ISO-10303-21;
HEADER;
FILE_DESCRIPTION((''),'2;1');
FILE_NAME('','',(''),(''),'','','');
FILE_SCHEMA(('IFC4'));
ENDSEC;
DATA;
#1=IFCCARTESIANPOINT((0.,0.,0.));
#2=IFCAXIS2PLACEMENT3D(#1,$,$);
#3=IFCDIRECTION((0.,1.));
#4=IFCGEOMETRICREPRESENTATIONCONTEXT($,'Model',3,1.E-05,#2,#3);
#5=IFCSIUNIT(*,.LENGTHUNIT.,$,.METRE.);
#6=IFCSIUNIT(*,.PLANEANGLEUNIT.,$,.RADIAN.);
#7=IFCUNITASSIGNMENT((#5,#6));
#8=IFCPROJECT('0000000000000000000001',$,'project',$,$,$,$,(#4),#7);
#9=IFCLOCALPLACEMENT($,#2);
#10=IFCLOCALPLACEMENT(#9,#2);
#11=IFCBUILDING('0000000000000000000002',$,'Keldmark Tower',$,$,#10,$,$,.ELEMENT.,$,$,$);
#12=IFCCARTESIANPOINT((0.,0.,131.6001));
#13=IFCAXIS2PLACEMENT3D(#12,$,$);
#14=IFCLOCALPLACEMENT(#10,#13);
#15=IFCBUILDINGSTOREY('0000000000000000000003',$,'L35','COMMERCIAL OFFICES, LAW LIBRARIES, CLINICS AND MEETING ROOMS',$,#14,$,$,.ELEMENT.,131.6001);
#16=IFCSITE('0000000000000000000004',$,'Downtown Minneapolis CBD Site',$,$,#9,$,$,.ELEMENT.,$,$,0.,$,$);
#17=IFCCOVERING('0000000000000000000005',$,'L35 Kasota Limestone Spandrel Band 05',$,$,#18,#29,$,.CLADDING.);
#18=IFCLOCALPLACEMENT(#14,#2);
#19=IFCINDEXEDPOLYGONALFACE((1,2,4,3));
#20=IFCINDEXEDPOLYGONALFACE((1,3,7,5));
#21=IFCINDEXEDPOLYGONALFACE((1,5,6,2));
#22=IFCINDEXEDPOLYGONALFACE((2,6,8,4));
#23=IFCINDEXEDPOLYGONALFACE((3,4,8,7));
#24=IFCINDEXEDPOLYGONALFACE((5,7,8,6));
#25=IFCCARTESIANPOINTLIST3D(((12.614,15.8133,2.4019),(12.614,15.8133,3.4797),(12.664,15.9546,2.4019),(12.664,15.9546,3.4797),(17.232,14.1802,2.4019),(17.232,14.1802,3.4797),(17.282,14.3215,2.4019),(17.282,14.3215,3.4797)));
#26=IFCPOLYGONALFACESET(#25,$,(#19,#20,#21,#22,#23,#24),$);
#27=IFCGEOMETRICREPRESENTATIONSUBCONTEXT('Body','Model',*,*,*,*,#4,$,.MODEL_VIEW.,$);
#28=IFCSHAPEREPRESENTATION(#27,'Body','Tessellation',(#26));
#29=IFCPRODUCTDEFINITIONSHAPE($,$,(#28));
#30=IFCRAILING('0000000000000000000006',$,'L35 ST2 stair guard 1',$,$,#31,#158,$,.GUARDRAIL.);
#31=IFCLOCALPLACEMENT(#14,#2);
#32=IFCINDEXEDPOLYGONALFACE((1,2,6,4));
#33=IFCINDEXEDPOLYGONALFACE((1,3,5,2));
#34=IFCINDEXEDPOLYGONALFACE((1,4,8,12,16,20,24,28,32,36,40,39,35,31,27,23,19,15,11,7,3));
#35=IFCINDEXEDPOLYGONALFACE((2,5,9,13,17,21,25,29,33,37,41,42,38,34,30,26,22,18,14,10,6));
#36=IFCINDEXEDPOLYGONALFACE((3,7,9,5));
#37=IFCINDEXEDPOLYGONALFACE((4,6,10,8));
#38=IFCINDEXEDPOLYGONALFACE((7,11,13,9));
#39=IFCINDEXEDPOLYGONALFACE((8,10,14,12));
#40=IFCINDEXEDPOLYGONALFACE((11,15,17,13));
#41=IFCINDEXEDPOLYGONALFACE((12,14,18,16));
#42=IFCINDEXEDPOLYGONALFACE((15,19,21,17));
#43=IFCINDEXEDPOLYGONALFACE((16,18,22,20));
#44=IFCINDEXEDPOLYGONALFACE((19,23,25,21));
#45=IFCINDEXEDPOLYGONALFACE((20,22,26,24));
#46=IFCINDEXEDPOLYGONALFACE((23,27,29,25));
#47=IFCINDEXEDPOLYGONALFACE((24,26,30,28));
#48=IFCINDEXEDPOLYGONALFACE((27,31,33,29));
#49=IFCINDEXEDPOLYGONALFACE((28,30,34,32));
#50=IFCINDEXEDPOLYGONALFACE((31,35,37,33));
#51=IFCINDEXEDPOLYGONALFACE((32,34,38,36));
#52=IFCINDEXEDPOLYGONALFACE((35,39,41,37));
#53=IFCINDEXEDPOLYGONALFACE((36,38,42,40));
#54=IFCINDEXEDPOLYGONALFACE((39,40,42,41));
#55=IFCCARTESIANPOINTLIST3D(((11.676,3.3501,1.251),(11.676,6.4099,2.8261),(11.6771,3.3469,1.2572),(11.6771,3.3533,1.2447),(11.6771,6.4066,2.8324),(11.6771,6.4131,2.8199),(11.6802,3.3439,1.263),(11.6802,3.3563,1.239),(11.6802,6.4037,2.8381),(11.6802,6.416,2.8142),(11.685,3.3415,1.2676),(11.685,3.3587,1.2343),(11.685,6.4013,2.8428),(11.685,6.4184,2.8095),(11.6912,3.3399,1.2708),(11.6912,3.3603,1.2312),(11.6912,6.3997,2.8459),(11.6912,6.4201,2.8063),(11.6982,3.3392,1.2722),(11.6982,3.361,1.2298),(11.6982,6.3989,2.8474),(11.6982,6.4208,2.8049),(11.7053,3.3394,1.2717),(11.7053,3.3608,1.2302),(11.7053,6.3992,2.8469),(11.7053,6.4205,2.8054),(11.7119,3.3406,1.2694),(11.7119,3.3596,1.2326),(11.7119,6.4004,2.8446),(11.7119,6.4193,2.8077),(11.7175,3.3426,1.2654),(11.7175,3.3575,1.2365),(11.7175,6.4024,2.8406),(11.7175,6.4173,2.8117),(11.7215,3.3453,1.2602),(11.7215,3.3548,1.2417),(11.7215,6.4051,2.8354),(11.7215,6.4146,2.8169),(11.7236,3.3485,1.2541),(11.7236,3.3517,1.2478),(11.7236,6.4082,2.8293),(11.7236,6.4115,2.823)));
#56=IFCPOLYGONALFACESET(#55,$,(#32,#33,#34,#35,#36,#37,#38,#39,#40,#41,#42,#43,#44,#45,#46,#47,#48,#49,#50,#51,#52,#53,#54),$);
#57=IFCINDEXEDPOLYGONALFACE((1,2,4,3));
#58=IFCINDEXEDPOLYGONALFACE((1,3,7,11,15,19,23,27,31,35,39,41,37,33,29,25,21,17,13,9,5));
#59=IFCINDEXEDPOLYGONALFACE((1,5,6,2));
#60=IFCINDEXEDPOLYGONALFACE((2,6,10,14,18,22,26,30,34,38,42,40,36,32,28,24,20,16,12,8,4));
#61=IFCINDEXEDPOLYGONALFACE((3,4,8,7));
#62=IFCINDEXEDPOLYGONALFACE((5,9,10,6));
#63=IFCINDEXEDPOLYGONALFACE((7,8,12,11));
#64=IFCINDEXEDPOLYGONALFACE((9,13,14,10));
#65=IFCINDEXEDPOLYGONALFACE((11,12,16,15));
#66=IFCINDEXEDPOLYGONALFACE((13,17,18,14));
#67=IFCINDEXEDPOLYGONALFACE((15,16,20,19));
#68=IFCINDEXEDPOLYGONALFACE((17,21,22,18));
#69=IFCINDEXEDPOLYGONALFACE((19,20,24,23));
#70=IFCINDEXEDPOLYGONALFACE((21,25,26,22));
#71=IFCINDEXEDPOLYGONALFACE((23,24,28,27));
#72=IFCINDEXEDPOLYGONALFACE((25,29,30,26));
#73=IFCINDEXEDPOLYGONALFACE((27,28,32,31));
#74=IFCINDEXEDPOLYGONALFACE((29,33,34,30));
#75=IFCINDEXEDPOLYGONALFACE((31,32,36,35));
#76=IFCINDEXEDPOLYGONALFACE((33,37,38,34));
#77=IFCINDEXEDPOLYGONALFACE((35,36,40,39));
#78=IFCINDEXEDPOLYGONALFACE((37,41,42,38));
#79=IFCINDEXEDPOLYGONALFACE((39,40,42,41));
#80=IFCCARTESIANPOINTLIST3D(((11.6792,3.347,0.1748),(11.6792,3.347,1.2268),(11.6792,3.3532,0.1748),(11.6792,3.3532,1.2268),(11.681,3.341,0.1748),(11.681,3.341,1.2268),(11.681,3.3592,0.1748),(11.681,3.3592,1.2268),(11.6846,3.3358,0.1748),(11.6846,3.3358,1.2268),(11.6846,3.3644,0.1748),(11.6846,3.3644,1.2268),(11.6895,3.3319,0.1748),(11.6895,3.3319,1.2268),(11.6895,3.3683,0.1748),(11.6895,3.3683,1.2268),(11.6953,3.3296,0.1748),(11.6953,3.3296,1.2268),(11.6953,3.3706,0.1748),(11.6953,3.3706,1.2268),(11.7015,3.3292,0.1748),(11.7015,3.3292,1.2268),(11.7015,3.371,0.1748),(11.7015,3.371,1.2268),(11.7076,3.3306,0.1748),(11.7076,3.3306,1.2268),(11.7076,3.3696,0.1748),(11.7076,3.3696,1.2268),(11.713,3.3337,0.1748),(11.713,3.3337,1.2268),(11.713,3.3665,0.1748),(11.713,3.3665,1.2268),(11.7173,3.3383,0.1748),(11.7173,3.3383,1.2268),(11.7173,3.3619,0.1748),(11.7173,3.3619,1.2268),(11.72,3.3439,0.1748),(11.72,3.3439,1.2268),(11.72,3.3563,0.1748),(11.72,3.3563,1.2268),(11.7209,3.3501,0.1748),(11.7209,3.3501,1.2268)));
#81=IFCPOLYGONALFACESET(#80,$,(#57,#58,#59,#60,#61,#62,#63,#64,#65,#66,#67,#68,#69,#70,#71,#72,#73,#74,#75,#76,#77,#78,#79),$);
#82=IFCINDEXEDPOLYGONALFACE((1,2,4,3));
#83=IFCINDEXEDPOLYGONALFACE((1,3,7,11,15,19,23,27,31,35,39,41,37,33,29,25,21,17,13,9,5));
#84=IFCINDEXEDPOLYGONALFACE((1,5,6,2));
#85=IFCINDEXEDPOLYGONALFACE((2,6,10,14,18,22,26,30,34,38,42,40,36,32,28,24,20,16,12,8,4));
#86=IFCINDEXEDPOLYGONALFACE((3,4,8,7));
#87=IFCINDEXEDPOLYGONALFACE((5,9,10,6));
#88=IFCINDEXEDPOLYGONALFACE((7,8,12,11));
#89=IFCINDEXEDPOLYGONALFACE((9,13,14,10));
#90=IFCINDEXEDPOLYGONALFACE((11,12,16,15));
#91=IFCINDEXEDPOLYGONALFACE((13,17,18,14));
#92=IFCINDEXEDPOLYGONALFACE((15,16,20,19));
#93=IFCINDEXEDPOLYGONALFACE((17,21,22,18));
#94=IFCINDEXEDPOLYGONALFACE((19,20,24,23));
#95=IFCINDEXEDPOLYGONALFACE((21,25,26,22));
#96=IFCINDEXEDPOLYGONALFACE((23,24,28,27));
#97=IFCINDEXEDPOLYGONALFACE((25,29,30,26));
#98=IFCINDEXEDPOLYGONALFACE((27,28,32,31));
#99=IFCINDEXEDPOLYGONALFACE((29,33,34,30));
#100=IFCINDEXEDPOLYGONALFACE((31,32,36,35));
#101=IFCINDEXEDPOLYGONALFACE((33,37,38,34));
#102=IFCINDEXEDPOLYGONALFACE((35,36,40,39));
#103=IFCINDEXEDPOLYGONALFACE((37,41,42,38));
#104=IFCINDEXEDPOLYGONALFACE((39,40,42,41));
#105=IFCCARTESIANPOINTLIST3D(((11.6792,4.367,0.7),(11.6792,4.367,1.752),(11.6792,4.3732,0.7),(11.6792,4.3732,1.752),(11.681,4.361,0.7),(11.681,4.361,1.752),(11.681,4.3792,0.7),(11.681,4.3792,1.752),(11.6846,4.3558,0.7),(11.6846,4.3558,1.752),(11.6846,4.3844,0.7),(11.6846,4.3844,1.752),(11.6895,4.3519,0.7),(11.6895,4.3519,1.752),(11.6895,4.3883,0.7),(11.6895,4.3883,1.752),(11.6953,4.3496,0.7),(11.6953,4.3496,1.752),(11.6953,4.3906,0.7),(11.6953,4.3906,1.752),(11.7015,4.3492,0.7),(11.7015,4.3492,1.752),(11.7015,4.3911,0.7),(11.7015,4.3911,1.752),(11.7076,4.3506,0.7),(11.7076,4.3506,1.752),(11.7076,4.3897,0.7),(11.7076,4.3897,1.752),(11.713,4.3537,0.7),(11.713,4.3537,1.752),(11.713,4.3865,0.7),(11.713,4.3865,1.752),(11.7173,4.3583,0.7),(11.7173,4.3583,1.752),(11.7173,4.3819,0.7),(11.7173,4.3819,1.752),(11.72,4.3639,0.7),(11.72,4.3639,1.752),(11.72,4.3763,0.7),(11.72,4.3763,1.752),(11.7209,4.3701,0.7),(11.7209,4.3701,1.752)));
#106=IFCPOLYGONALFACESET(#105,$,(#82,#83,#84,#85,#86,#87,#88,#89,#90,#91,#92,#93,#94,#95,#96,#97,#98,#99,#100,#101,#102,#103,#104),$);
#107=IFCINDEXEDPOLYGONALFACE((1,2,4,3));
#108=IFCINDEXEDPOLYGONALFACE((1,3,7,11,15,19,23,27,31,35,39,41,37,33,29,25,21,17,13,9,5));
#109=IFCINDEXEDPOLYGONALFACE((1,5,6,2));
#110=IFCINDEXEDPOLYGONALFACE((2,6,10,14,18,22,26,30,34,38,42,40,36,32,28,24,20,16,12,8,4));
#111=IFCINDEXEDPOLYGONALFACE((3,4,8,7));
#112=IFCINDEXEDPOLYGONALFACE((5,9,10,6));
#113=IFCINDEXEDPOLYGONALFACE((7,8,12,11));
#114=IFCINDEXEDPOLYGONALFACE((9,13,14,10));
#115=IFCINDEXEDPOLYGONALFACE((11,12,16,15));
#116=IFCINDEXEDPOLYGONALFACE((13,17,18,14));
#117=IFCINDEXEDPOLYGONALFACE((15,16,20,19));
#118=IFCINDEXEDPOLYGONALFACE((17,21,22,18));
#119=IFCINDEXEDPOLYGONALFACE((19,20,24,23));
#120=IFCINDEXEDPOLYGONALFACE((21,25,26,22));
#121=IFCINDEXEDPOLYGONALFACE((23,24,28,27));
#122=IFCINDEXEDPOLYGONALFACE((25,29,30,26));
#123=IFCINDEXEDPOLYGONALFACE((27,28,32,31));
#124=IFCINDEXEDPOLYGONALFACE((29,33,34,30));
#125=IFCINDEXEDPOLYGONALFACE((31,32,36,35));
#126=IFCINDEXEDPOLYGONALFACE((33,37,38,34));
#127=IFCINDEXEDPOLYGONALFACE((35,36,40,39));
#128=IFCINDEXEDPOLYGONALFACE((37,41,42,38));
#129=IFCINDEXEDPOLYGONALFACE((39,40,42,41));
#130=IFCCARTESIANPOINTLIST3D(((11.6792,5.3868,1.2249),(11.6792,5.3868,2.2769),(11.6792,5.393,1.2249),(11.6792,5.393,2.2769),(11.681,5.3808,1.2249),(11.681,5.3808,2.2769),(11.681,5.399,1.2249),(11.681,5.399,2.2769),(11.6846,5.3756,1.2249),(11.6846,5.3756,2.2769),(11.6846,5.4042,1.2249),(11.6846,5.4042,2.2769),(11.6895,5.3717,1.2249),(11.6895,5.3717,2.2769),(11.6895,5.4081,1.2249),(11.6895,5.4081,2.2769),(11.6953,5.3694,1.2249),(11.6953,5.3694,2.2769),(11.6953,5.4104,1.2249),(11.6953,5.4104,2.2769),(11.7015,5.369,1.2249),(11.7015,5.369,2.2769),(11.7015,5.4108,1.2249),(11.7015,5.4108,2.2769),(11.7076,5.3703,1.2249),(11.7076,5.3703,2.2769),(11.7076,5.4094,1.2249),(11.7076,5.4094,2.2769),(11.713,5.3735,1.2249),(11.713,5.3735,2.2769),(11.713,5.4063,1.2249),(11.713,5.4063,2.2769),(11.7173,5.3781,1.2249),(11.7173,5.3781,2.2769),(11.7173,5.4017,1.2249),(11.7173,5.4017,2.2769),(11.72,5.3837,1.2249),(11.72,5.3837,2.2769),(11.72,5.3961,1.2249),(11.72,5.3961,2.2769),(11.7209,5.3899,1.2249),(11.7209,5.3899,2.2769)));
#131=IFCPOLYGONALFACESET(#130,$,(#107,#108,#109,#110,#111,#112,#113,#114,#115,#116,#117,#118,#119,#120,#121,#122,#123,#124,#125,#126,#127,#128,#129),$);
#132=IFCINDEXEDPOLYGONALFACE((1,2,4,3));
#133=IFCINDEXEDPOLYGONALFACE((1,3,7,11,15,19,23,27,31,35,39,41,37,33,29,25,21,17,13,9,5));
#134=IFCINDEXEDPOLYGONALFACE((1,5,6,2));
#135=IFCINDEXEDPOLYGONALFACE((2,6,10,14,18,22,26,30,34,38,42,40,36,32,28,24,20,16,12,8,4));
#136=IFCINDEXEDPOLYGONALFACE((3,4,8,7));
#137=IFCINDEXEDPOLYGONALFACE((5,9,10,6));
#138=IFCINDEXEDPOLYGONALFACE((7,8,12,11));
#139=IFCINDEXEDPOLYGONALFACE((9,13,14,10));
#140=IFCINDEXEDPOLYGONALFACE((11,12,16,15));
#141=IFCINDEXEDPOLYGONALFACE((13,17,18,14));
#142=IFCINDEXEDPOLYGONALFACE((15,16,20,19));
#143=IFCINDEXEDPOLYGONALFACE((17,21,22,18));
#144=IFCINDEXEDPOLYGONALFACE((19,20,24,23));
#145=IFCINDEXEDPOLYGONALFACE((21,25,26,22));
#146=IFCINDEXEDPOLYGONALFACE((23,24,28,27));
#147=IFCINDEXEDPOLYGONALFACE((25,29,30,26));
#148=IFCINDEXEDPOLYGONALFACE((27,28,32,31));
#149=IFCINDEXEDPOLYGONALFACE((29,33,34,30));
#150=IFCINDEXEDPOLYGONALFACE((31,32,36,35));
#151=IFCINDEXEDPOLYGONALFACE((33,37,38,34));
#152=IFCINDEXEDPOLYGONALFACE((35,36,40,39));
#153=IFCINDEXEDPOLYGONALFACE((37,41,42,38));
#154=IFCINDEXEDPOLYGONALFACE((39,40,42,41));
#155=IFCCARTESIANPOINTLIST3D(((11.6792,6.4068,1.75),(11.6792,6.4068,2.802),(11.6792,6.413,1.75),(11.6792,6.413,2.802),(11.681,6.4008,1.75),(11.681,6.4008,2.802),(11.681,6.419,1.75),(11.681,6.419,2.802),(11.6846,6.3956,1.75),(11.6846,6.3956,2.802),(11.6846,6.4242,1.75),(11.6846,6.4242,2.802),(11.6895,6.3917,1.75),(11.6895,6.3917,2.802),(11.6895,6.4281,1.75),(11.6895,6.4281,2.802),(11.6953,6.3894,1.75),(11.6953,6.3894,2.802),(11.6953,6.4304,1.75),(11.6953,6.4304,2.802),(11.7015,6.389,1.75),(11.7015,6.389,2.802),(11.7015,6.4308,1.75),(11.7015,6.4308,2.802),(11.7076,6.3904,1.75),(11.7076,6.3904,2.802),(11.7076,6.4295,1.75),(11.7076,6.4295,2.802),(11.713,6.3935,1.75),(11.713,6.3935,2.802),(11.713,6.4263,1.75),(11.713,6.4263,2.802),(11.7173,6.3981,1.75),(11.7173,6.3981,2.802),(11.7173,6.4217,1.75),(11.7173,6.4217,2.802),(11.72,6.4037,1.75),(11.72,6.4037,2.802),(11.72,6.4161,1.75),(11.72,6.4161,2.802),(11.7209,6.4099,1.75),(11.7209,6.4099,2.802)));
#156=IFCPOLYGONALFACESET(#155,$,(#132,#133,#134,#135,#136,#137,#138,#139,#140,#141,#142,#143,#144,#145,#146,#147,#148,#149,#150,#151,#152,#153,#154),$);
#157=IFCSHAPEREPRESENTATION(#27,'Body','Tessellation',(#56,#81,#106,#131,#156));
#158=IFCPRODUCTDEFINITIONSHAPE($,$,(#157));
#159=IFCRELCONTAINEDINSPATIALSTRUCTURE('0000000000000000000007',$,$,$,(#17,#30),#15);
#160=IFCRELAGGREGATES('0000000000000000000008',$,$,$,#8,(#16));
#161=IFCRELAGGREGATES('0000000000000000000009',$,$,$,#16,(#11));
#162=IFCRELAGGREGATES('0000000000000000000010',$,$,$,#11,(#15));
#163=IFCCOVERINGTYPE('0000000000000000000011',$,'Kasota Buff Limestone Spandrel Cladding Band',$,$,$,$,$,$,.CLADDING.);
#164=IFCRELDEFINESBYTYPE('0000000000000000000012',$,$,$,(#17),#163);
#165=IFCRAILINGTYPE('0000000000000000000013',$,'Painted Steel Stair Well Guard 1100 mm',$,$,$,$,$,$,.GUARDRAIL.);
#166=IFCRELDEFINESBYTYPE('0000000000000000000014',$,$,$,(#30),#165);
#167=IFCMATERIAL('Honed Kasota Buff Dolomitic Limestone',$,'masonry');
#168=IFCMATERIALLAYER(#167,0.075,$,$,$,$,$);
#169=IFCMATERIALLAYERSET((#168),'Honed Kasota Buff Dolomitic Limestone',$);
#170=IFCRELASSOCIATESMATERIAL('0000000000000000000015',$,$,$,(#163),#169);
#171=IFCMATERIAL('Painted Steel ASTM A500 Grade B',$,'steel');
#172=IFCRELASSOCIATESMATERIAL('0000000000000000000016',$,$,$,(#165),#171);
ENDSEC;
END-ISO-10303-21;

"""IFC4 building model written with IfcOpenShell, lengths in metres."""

from ifc_helpers import new_model, si_unit, direction, frame, origin, origin_2d, place, context, subcontext, project, spatial, rectangle, circle, extrude, material, layer, layer_set, type_object, element, save


model = new_model("IFC4")

# Units and contexts
model_context = context("Model", 3, precision=1e-05, world=origin(), true_north=direction((0.0, 1.0)))
body_context = subcontext(model_context, "Body", "Model", "MODEL_VIEW")
ifc_project = project(units=[si_unit("LENGTHUNIT", "METRE"), si_unit("PLANEANGLEUNIT", "RADIAN")], contexts=[model_context])

# Site, building, storey
site_placement = place(None, origin())
site = spatial("IfcSite", under=ifc_project, at=site_placement, Name="Downtown Minneapolis CBD Site", CompositionType="ELEMENT", RefElevation=0.0)
building_placement = place(site_placement, origin())
building = spatial("IfcBuilding", under=site, at=building_placement, Name="Keldmark Tower", CompositionType="ELEMENT")
storey_placement = place(building_placement, frame((0.0, 0.0, 131.6001)))
storey = spatial("IfcBuildingStorey", under=building, at=storey_placement, Name="L35", Description="COMMERCIAL OFFICES, LAW LIBRARIES, CLINICS AND MEETING ROOMS", CompositionType="ELEMENT", Elevation=131.6001)

# Covering
ifc_material_1 = material(Name="Honed Kasota Buff Dolomitic Limestone", Category="masonry")
ifc_layer_1 = layer(ifc_material_1, 0.075)
ifc_layer_set_1 = layer_set([ifc_layer_1], Name="Honed Kasota Buff Dolomitic Limestone")
covering_type = type_object("IfcCoveringType", Name="Kasota Buff Limestone Spandrel Cladding Band", PredefinedType="CLADDING", material=ifc_layer_set_1)
covering_placement = place(storey_placement, frame((14.948, 15.0674, 2.4019), z_axis=(0.0, 0.0, 1.0), x_axis=(-0.942781, 0.333412, 0.0)))
element("IfcCovering", 1, at=covering_placement, inside=storey, type_object=covering_type, Name="L35 Kasota Limestone Spandrel Band 05", PredefinedType="CLADDING", context=body_context, shape_type="SweptSolid", body=[
    extrude(rectangle(XDim=4.8982, YDim=0.1499, at=origin_2d()), origin(), (0.0, 0.0, 1.0), 1.0779),
])

# Railing
ifc_material_2 = material(Name="Painted Steel ASTM A500 Grade B", Category="steel")
railing_type_1 = type_object("IfcRailingType", Name="Painted Steel Stair Well Guard 1100 mm", PredefinedType="GUARDRAIL", material=ifc_material_2)
railing_1_placement = place(storey_placement, frame((11.7, 3.3501, 0.1748)))
element("IfcRailing", 2, at=railing_1_placement, inside=storey, type_object=railing_type_1, Name="L35 ST2 stair guard 1", PredefinedType="GUARDRAIL", context=body_context, shape_type="SweptSolid", body=[
    extrude(circle(Radius=0.0239, at=origin_2d()), frame((0.0, 0.0, 1.0762), z_axis=(0.0, 0.889101, 0.45771), x_axis=(-1.0, 0.0, 0.0)), (0.0, 0.0, 1.0), 3.4414),
    extrude(circle(Radius=0.021, at=origin_2d()), origin(), (0.0, 0.0, 1.0), 1.052),
    extrude(circle(Radius=0.021, at=origin_2d()), frame((0.0, 1.02, 0.5251)), (0.0, 0.0, 1.0), 1.052),
    extrude(circle(Radius=0.021, at=origin_2d()), frame((0.0, 2.0398, 1.05)), (0.0, 0.0, 1.0), 1.052),
    extrude(circle(Radius=0.021, at=origin_2d()), frame((0.0, 3.0598, 1.5752)), (0.0, 0.0, 1.0), 1.052),
])

save(model, "model.ifc")
